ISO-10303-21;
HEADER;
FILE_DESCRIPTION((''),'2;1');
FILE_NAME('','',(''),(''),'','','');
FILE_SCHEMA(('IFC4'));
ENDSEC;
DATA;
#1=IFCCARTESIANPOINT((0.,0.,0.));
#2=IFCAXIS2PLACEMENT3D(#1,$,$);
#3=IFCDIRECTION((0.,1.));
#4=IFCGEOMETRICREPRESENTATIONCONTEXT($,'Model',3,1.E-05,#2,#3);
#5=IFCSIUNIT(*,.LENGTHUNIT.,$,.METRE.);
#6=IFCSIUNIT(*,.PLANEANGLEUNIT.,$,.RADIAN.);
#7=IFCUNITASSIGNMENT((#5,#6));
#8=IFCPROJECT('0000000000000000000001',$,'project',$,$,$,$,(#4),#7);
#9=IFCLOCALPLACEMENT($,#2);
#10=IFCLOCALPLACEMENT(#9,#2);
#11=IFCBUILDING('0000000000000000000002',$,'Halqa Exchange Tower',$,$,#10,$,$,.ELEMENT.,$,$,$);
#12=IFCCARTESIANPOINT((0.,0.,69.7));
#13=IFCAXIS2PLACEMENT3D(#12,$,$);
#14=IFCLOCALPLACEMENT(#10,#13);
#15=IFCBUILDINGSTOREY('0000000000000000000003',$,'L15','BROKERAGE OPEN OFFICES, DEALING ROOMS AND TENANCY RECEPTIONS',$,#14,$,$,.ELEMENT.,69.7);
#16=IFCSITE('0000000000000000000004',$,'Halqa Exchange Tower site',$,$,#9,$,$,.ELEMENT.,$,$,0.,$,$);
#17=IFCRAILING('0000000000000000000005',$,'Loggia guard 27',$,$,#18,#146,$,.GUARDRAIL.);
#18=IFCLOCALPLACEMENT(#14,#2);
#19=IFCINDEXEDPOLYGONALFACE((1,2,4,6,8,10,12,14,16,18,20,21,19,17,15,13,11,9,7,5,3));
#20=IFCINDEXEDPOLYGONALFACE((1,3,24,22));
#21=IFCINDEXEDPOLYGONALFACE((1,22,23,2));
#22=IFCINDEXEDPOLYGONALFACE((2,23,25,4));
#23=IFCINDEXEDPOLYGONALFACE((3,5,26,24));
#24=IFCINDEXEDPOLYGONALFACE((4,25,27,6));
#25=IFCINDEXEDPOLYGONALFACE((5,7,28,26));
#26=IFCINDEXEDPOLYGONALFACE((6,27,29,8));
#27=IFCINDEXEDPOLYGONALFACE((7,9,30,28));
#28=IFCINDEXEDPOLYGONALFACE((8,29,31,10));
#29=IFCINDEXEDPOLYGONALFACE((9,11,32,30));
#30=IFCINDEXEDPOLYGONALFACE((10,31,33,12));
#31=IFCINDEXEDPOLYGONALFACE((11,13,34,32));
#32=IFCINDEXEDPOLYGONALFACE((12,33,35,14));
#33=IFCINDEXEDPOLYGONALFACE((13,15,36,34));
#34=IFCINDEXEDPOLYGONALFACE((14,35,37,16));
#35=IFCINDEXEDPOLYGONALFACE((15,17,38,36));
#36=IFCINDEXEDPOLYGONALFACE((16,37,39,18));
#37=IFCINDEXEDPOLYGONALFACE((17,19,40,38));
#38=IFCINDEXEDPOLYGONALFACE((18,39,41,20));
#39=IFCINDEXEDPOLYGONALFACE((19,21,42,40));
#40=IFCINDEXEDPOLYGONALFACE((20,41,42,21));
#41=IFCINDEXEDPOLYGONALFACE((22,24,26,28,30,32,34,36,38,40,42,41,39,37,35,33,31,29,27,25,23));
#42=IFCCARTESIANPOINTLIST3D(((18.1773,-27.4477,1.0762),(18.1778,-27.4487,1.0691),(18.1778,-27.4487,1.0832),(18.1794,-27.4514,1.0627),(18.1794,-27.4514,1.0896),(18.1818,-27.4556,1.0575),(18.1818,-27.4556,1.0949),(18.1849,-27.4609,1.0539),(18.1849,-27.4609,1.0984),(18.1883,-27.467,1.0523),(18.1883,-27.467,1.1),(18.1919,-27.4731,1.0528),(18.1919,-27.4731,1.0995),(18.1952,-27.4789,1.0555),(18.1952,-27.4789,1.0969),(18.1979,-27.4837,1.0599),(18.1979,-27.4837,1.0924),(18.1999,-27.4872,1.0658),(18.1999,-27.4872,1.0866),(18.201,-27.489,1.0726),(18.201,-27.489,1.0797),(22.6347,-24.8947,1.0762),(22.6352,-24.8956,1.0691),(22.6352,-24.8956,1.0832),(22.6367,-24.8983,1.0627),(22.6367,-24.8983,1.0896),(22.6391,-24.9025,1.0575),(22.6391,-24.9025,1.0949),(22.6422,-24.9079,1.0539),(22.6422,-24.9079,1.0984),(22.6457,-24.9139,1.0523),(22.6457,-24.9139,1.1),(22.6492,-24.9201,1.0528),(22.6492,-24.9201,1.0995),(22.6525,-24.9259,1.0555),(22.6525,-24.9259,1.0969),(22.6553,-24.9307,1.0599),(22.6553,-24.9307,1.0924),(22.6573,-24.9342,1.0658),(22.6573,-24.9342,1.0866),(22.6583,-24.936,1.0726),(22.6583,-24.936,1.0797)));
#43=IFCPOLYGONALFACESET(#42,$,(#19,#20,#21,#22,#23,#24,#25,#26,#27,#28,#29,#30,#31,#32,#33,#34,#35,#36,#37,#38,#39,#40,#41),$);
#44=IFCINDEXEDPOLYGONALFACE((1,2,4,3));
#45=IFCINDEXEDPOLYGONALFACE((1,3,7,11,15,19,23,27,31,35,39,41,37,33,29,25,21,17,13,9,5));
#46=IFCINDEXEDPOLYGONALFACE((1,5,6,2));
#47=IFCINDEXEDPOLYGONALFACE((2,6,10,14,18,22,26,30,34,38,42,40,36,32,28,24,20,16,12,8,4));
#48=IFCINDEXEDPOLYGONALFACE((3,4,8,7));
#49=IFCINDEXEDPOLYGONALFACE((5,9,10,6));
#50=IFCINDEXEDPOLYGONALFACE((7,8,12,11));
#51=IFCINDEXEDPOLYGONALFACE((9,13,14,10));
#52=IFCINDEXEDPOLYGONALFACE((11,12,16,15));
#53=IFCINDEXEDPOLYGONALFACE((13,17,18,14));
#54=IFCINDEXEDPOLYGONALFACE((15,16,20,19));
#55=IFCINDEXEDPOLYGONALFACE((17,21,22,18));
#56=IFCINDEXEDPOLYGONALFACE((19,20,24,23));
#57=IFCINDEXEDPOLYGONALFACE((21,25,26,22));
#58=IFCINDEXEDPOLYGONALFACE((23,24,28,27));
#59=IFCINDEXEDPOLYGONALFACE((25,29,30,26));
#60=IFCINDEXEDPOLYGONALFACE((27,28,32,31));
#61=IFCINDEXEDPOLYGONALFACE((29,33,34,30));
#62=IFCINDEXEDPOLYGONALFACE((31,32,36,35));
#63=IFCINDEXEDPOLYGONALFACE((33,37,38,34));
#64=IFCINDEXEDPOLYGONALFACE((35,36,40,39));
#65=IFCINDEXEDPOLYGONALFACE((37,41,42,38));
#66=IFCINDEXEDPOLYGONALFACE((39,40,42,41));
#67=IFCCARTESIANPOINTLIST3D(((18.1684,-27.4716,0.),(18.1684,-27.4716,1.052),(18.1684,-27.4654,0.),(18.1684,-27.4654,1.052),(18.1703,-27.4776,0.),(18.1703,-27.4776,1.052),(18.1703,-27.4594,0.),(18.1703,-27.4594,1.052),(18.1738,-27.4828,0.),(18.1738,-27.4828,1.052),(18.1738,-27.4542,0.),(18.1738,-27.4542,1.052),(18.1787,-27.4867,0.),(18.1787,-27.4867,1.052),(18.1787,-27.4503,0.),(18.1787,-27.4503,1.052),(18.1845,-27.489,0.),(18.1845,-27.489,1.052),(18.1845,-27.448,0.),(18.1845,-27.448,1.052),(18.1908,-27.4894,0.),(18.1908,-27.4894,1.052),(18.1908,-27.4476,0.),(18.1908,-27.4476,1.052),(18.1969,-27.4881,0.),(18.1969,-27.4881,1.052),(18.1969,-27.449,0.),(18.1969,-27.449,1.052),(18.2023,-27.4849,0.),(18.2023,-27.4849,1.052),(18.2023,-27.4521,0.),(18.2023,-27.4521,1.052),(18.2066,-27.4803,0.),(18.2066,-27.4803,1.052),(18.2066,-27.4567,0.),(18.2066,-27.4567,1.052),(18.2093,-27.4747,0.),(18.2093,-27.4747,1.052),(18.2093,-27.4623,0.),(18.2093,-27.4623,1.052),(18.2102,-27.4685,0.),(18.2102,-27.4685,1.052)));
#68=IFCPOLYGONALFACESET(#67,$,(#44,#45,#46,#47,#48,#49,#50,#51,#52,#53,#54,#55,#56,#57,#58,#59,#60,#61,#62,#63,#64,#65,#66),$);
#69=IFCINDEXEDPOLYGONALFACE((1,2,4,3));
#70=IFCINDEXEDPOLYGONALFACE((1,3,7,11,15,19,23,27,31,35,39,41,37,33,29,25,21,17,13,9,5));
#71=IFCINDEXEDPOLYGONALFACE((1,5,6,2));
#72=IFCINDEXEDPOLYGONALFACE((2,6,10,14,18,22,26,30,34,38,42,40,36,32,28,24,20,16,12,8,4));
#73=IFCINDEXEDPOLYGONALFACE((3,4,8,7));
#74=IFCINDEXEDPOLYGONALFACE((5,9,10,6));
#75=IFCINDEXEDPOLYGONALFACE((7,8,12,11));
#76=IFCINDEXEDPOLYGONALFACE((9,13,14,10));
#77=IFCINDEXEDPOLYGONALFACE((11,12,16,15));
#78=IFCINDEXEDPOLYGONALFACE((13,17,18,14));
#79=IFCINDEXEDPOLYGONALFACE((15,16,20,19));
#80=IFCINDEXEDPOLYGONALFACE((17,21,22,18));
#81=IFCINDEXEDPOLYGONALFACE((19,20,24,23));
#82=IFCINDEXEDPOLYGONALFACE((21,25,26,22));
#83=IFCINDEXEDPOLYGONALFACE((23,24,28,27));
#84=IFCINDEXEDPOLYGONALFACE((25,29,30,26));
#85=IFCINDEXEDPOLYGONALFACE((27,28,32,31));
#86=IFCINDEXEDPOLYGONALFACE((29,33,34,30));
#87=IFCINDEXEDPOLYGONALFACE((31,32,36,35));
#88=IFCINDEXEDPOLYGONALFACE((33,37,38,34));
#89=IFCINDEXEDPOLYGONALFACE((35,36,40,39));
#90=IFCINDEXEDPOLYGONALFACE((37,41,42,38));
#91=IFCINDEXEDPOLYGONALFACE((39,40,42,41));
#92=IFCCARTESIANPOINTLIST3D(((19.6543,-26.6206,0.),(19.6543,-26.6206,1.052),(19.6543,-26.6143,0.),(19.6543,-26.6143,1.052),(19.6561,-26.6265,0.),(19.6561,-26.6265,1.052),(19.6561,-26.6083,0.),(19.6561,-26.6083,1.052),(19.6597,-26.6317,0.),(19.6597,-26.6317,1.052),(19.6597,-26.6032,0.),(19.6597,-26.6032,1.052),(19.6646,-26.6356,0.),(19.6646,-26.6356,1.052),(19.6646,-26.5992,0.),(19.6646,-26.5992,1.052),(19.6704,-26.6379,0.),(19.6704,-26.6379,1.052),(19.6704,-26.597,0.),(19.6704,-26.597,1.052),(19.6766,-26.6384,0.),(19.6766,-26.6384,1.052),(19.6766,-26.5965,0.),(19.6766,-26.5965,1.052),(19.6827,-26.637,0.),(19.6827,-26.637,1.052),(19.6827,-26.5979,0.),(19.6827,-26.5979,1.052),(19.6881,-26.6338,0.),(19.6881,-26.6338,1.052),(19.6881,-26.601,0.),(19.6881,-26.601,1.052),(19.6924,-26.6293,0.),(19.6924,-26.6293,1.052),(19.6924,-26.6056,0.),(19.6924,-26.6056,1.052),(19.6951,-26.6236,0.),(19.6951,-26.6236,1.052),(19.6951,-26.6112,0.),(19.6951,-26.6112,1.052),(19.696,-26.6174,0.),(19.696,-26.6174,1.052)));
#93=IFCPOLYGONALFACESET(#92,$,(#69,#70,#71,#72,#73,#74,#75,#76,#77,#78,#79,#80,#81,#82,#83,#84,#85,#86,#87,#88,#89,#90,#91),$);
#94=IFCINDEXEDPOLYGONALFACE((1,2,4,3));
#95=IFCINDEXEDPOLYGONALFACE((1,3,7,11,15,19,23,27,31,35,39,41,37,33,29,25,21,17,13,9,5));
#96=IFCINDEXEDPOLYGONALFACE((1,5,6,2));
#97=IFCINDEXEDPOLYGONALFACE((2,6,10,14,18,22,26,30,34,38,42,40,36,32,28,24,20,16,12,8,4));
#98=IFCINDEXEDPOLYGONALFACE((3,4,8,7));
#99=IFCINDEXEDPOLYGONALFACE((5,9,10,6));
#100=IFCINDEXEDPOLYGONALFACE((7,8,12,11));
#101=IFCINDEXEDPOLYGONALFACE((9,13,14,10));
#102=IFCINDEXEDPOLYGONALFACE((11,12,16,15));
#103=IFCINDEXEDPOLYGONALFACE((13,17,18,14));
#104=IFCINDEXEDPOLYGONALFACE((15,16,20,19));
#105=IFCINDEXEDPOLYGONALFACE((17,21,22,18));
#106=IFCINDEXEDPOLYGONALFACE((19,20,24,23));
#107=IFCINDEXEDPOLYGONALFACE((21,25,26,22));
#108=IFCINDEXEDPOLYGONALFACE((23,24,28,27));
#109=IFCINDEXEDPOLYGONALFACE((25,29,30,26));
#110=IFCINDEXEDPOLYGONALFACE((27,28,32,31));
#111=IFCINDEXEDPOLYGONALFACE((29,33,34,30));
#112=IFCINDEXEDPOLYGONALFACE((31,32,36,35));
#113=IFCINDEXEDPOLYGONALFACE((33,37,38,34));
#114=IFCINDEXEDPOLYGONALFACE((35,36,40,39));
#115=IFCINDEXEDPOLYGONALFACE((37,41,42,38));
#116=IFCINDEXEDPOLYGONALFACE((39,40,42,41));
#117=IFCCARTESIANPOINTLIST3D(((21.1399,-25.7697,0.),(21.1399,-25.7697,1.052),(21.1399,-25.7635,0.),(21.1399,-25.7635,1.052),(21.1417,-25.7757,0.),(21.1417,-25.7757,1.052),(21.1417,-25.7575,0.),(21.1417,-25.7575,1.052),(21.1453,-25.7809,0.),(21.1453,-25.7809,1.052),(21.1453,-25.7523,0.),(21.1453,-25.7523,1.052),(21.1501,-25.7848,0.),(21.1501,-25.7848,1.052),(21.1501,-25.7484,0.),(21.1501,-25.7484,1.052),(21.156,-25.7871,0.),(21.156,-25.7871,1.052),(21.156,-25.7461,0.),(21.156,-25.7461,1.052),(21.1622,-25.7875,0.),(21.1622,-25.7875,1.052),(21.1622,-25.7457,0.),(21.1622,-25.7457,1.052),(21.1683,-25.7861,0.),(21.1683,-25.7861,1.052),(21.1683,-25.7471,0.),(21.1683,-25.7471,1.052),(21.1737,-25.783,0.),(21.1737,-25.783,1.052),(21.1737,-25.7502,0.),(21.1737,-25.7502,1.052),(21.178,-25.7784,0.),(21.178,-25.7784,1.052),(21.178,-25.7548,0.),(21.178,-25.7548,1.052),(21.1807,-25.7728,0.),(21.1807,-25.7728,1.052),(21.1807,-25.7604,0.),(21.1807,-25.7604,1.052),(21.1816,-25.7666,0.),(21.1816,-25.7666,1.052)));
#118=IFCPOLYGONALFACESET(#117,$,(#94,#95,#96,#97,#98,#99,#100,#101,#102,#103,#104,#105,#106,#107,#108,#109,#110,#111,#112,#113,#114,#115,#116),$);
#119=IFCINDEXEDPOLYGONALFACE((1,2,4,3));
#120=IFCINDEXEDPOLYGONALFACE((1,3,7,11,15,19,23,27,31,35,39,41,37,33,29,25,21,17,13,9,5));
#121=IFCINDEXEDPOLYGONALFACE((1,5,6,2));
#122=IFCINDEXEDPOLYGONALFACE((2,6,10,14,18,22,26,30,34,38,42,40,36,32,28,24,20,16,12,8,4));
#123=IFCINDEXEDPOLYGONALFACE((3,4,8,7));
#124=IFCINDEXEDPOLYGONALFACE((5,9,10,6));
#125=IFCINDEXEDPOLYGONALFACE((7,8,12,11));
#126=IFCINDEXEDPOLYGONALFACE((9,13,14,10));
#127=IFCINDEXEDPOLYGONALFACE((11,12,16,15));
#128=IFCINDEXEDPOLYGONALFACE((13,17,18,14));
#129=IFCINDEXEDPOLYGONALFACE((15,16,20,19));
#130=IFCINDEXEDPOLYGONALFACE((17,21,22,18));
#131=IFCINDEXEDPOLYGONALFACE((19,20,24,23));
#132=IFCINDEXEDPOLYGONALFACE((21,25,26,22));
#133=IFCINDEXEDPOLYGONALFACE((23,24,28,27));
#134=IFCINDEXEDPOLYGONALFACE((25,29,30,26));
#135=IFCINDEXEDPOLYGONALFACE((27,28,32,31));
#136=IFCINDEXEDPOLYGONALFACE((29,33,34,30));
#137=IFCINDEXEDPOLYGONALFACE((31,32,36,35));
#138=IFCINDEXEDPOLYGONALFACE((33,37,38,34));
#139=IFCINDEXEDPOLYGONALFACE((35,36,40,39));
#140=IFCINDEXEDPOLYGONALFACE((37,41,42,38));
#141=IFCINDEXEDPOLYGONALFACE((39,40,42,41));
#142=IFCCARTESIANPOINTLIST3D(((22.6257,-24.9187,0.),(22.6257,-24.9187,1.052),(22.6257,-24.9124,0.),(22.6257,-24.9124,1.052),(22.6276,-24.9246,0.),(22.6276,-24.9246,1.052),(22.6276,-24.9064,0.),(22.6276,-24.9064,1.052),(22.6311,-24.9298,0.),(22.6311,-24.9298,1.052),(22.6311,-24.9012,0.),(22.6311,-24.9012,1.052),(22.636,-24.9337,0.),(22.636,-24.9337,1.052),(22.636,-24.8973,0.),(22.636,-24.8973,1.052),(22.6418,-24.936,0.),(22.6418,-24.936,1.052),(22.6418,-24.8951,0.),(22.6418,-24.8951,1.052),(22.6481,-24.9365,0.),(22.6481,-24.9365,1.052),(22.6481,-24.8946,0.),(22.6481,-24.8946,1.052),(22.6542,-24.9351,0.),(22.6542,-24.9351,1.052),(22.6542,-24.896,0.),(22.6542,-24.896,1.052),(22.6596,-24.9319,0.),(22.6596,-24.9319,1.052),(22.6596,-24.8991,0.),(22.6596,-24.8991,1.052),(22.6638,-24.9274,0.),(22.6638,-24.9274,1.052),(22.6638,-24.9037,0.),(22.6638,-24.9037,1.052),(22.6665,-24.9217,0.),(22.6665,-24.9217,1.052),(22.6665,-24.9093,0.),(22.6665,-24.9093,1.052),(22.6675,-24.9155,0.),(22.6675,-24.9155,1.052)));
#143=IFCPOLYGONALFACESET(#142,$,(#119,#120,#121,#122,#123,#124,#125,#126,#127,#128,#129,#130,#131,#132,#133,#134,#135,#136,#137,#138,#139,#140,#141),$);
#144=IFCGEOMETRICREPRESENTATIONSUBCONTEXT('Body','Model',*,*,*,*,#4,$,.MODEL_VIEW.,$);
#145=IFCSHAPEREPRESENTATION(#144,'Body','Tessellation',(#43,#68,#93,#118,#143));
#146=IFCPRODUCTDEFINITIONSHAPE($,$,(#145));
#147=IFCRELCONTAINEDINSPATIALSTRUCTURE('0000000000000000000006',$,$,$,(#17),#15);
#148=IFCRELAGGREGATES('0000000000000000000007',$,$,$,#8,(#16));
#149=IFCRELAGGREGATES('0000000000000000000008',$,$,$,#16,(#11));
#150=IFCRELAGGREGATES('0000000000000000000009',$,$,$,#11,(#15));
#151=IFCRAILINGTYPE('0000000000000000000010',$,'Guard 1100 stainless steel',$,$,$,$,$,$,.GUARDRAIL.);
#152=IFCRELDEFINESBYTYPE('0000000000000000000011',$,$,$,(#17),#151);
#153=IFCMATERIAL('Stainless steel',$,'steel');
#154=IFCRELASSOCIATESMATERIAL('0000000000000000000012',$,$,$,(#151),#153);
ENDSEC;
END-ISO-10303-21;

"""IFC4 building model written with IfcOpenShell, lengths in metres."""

from ifc_helpers import new_model, si_unit, direction, frame, origin, origin_2d, place, context, subcontext, project, spatial, circle, extrude, material, type_object, element, save


model = new_model("IFC4")

# Units and contexts
model_context = context("Model", 3, precision=1e-05, world=origin(), true_north=direction((0.0, 1.0)))
body_context = subcontext(model_context, "Body", "Model", "MODEL_VIEW")
ifc_project = project(units=[si_unit("LENGTHUNIT", "METRE"), si_unit("PLANEANGLEUNIT", "RADIAN")], contexts=[model_context])

# Site, building, storey
site_placement = place(None, origin())
site = spatial("IfcSite", under=ifc_project, at=site_placement, Name="Halqa Exchange Tower site", CompositionType="ELEMENT", RefElevation=0.0)
building_placement = place(site_placement, origin())
building = spatial("IfcBuilding", under=site, at=building_placement, Name="Halqa Exchange Tower", CompositionType="ELEMENT")
storey_placement = place(building_placement, frame((0.0, 0.0, 69.7)))
storey = spatial("IfcBuildingStorey", under=building, at=storey_placement, Name="L15", Description="BROKERAGE OPEN OFFICES, DEALING ROOMS AND TENANCY RECEPTIONS", CompositionType="ELEMENT", Elevation=69.7)

# Railing
ifc_material_1 = material(Name="Stainless steel", Category="steel")
railing_type = type_object("IfcRailingType", Name="Guard 1100 stainless steel", PredefinedType="GUARDRAIL", material=ifc_material_1)
railing_1_placement = place(storey_placement, frame((18.1892, -27.4685, 0.0)))
element("IfcRailing", 1, at=railing_1_placement, inside=storey, type_object=railing_type, Name="Loggia guard 27", PredefinedType="GUARDRAIL", context=body_context, shape_type="SweptSolid", body=[
    extrude(circle(Radius=0.0239, at=origin_2d()), frame((0.0, 0.0, 1.0762), z_axis=(0.867743, 0.497014, 0.0), x_axis=(-0.497014, 0.867743, 0.0)), (0.0, 0.0, 1.0), 5.1367),
    extrude(circle(Radius=0.021, at=origin_2d()), origin(), (0.0, 0.0, 1.0), 1.052),
    extrude(circle(Radius=0.021, at=origin_2d()), frame((1.4858, 0.8511, 0.0)), (0.0, 0.0, 1.0), 1.052),
    extrude(circle(Radius=0.021, at=origin_2d()), frame((2.9714, 1.7019, 0.0)), (0.0, 0.0, 1.0), 1.052),
    extrude(circle(Radius=0.021, at=origin_2d()), frame((4.4573, 2.553, 0.0)), (0.0, 0.0, 1.0), 1.052),
])

save(model, "model.ifc")
